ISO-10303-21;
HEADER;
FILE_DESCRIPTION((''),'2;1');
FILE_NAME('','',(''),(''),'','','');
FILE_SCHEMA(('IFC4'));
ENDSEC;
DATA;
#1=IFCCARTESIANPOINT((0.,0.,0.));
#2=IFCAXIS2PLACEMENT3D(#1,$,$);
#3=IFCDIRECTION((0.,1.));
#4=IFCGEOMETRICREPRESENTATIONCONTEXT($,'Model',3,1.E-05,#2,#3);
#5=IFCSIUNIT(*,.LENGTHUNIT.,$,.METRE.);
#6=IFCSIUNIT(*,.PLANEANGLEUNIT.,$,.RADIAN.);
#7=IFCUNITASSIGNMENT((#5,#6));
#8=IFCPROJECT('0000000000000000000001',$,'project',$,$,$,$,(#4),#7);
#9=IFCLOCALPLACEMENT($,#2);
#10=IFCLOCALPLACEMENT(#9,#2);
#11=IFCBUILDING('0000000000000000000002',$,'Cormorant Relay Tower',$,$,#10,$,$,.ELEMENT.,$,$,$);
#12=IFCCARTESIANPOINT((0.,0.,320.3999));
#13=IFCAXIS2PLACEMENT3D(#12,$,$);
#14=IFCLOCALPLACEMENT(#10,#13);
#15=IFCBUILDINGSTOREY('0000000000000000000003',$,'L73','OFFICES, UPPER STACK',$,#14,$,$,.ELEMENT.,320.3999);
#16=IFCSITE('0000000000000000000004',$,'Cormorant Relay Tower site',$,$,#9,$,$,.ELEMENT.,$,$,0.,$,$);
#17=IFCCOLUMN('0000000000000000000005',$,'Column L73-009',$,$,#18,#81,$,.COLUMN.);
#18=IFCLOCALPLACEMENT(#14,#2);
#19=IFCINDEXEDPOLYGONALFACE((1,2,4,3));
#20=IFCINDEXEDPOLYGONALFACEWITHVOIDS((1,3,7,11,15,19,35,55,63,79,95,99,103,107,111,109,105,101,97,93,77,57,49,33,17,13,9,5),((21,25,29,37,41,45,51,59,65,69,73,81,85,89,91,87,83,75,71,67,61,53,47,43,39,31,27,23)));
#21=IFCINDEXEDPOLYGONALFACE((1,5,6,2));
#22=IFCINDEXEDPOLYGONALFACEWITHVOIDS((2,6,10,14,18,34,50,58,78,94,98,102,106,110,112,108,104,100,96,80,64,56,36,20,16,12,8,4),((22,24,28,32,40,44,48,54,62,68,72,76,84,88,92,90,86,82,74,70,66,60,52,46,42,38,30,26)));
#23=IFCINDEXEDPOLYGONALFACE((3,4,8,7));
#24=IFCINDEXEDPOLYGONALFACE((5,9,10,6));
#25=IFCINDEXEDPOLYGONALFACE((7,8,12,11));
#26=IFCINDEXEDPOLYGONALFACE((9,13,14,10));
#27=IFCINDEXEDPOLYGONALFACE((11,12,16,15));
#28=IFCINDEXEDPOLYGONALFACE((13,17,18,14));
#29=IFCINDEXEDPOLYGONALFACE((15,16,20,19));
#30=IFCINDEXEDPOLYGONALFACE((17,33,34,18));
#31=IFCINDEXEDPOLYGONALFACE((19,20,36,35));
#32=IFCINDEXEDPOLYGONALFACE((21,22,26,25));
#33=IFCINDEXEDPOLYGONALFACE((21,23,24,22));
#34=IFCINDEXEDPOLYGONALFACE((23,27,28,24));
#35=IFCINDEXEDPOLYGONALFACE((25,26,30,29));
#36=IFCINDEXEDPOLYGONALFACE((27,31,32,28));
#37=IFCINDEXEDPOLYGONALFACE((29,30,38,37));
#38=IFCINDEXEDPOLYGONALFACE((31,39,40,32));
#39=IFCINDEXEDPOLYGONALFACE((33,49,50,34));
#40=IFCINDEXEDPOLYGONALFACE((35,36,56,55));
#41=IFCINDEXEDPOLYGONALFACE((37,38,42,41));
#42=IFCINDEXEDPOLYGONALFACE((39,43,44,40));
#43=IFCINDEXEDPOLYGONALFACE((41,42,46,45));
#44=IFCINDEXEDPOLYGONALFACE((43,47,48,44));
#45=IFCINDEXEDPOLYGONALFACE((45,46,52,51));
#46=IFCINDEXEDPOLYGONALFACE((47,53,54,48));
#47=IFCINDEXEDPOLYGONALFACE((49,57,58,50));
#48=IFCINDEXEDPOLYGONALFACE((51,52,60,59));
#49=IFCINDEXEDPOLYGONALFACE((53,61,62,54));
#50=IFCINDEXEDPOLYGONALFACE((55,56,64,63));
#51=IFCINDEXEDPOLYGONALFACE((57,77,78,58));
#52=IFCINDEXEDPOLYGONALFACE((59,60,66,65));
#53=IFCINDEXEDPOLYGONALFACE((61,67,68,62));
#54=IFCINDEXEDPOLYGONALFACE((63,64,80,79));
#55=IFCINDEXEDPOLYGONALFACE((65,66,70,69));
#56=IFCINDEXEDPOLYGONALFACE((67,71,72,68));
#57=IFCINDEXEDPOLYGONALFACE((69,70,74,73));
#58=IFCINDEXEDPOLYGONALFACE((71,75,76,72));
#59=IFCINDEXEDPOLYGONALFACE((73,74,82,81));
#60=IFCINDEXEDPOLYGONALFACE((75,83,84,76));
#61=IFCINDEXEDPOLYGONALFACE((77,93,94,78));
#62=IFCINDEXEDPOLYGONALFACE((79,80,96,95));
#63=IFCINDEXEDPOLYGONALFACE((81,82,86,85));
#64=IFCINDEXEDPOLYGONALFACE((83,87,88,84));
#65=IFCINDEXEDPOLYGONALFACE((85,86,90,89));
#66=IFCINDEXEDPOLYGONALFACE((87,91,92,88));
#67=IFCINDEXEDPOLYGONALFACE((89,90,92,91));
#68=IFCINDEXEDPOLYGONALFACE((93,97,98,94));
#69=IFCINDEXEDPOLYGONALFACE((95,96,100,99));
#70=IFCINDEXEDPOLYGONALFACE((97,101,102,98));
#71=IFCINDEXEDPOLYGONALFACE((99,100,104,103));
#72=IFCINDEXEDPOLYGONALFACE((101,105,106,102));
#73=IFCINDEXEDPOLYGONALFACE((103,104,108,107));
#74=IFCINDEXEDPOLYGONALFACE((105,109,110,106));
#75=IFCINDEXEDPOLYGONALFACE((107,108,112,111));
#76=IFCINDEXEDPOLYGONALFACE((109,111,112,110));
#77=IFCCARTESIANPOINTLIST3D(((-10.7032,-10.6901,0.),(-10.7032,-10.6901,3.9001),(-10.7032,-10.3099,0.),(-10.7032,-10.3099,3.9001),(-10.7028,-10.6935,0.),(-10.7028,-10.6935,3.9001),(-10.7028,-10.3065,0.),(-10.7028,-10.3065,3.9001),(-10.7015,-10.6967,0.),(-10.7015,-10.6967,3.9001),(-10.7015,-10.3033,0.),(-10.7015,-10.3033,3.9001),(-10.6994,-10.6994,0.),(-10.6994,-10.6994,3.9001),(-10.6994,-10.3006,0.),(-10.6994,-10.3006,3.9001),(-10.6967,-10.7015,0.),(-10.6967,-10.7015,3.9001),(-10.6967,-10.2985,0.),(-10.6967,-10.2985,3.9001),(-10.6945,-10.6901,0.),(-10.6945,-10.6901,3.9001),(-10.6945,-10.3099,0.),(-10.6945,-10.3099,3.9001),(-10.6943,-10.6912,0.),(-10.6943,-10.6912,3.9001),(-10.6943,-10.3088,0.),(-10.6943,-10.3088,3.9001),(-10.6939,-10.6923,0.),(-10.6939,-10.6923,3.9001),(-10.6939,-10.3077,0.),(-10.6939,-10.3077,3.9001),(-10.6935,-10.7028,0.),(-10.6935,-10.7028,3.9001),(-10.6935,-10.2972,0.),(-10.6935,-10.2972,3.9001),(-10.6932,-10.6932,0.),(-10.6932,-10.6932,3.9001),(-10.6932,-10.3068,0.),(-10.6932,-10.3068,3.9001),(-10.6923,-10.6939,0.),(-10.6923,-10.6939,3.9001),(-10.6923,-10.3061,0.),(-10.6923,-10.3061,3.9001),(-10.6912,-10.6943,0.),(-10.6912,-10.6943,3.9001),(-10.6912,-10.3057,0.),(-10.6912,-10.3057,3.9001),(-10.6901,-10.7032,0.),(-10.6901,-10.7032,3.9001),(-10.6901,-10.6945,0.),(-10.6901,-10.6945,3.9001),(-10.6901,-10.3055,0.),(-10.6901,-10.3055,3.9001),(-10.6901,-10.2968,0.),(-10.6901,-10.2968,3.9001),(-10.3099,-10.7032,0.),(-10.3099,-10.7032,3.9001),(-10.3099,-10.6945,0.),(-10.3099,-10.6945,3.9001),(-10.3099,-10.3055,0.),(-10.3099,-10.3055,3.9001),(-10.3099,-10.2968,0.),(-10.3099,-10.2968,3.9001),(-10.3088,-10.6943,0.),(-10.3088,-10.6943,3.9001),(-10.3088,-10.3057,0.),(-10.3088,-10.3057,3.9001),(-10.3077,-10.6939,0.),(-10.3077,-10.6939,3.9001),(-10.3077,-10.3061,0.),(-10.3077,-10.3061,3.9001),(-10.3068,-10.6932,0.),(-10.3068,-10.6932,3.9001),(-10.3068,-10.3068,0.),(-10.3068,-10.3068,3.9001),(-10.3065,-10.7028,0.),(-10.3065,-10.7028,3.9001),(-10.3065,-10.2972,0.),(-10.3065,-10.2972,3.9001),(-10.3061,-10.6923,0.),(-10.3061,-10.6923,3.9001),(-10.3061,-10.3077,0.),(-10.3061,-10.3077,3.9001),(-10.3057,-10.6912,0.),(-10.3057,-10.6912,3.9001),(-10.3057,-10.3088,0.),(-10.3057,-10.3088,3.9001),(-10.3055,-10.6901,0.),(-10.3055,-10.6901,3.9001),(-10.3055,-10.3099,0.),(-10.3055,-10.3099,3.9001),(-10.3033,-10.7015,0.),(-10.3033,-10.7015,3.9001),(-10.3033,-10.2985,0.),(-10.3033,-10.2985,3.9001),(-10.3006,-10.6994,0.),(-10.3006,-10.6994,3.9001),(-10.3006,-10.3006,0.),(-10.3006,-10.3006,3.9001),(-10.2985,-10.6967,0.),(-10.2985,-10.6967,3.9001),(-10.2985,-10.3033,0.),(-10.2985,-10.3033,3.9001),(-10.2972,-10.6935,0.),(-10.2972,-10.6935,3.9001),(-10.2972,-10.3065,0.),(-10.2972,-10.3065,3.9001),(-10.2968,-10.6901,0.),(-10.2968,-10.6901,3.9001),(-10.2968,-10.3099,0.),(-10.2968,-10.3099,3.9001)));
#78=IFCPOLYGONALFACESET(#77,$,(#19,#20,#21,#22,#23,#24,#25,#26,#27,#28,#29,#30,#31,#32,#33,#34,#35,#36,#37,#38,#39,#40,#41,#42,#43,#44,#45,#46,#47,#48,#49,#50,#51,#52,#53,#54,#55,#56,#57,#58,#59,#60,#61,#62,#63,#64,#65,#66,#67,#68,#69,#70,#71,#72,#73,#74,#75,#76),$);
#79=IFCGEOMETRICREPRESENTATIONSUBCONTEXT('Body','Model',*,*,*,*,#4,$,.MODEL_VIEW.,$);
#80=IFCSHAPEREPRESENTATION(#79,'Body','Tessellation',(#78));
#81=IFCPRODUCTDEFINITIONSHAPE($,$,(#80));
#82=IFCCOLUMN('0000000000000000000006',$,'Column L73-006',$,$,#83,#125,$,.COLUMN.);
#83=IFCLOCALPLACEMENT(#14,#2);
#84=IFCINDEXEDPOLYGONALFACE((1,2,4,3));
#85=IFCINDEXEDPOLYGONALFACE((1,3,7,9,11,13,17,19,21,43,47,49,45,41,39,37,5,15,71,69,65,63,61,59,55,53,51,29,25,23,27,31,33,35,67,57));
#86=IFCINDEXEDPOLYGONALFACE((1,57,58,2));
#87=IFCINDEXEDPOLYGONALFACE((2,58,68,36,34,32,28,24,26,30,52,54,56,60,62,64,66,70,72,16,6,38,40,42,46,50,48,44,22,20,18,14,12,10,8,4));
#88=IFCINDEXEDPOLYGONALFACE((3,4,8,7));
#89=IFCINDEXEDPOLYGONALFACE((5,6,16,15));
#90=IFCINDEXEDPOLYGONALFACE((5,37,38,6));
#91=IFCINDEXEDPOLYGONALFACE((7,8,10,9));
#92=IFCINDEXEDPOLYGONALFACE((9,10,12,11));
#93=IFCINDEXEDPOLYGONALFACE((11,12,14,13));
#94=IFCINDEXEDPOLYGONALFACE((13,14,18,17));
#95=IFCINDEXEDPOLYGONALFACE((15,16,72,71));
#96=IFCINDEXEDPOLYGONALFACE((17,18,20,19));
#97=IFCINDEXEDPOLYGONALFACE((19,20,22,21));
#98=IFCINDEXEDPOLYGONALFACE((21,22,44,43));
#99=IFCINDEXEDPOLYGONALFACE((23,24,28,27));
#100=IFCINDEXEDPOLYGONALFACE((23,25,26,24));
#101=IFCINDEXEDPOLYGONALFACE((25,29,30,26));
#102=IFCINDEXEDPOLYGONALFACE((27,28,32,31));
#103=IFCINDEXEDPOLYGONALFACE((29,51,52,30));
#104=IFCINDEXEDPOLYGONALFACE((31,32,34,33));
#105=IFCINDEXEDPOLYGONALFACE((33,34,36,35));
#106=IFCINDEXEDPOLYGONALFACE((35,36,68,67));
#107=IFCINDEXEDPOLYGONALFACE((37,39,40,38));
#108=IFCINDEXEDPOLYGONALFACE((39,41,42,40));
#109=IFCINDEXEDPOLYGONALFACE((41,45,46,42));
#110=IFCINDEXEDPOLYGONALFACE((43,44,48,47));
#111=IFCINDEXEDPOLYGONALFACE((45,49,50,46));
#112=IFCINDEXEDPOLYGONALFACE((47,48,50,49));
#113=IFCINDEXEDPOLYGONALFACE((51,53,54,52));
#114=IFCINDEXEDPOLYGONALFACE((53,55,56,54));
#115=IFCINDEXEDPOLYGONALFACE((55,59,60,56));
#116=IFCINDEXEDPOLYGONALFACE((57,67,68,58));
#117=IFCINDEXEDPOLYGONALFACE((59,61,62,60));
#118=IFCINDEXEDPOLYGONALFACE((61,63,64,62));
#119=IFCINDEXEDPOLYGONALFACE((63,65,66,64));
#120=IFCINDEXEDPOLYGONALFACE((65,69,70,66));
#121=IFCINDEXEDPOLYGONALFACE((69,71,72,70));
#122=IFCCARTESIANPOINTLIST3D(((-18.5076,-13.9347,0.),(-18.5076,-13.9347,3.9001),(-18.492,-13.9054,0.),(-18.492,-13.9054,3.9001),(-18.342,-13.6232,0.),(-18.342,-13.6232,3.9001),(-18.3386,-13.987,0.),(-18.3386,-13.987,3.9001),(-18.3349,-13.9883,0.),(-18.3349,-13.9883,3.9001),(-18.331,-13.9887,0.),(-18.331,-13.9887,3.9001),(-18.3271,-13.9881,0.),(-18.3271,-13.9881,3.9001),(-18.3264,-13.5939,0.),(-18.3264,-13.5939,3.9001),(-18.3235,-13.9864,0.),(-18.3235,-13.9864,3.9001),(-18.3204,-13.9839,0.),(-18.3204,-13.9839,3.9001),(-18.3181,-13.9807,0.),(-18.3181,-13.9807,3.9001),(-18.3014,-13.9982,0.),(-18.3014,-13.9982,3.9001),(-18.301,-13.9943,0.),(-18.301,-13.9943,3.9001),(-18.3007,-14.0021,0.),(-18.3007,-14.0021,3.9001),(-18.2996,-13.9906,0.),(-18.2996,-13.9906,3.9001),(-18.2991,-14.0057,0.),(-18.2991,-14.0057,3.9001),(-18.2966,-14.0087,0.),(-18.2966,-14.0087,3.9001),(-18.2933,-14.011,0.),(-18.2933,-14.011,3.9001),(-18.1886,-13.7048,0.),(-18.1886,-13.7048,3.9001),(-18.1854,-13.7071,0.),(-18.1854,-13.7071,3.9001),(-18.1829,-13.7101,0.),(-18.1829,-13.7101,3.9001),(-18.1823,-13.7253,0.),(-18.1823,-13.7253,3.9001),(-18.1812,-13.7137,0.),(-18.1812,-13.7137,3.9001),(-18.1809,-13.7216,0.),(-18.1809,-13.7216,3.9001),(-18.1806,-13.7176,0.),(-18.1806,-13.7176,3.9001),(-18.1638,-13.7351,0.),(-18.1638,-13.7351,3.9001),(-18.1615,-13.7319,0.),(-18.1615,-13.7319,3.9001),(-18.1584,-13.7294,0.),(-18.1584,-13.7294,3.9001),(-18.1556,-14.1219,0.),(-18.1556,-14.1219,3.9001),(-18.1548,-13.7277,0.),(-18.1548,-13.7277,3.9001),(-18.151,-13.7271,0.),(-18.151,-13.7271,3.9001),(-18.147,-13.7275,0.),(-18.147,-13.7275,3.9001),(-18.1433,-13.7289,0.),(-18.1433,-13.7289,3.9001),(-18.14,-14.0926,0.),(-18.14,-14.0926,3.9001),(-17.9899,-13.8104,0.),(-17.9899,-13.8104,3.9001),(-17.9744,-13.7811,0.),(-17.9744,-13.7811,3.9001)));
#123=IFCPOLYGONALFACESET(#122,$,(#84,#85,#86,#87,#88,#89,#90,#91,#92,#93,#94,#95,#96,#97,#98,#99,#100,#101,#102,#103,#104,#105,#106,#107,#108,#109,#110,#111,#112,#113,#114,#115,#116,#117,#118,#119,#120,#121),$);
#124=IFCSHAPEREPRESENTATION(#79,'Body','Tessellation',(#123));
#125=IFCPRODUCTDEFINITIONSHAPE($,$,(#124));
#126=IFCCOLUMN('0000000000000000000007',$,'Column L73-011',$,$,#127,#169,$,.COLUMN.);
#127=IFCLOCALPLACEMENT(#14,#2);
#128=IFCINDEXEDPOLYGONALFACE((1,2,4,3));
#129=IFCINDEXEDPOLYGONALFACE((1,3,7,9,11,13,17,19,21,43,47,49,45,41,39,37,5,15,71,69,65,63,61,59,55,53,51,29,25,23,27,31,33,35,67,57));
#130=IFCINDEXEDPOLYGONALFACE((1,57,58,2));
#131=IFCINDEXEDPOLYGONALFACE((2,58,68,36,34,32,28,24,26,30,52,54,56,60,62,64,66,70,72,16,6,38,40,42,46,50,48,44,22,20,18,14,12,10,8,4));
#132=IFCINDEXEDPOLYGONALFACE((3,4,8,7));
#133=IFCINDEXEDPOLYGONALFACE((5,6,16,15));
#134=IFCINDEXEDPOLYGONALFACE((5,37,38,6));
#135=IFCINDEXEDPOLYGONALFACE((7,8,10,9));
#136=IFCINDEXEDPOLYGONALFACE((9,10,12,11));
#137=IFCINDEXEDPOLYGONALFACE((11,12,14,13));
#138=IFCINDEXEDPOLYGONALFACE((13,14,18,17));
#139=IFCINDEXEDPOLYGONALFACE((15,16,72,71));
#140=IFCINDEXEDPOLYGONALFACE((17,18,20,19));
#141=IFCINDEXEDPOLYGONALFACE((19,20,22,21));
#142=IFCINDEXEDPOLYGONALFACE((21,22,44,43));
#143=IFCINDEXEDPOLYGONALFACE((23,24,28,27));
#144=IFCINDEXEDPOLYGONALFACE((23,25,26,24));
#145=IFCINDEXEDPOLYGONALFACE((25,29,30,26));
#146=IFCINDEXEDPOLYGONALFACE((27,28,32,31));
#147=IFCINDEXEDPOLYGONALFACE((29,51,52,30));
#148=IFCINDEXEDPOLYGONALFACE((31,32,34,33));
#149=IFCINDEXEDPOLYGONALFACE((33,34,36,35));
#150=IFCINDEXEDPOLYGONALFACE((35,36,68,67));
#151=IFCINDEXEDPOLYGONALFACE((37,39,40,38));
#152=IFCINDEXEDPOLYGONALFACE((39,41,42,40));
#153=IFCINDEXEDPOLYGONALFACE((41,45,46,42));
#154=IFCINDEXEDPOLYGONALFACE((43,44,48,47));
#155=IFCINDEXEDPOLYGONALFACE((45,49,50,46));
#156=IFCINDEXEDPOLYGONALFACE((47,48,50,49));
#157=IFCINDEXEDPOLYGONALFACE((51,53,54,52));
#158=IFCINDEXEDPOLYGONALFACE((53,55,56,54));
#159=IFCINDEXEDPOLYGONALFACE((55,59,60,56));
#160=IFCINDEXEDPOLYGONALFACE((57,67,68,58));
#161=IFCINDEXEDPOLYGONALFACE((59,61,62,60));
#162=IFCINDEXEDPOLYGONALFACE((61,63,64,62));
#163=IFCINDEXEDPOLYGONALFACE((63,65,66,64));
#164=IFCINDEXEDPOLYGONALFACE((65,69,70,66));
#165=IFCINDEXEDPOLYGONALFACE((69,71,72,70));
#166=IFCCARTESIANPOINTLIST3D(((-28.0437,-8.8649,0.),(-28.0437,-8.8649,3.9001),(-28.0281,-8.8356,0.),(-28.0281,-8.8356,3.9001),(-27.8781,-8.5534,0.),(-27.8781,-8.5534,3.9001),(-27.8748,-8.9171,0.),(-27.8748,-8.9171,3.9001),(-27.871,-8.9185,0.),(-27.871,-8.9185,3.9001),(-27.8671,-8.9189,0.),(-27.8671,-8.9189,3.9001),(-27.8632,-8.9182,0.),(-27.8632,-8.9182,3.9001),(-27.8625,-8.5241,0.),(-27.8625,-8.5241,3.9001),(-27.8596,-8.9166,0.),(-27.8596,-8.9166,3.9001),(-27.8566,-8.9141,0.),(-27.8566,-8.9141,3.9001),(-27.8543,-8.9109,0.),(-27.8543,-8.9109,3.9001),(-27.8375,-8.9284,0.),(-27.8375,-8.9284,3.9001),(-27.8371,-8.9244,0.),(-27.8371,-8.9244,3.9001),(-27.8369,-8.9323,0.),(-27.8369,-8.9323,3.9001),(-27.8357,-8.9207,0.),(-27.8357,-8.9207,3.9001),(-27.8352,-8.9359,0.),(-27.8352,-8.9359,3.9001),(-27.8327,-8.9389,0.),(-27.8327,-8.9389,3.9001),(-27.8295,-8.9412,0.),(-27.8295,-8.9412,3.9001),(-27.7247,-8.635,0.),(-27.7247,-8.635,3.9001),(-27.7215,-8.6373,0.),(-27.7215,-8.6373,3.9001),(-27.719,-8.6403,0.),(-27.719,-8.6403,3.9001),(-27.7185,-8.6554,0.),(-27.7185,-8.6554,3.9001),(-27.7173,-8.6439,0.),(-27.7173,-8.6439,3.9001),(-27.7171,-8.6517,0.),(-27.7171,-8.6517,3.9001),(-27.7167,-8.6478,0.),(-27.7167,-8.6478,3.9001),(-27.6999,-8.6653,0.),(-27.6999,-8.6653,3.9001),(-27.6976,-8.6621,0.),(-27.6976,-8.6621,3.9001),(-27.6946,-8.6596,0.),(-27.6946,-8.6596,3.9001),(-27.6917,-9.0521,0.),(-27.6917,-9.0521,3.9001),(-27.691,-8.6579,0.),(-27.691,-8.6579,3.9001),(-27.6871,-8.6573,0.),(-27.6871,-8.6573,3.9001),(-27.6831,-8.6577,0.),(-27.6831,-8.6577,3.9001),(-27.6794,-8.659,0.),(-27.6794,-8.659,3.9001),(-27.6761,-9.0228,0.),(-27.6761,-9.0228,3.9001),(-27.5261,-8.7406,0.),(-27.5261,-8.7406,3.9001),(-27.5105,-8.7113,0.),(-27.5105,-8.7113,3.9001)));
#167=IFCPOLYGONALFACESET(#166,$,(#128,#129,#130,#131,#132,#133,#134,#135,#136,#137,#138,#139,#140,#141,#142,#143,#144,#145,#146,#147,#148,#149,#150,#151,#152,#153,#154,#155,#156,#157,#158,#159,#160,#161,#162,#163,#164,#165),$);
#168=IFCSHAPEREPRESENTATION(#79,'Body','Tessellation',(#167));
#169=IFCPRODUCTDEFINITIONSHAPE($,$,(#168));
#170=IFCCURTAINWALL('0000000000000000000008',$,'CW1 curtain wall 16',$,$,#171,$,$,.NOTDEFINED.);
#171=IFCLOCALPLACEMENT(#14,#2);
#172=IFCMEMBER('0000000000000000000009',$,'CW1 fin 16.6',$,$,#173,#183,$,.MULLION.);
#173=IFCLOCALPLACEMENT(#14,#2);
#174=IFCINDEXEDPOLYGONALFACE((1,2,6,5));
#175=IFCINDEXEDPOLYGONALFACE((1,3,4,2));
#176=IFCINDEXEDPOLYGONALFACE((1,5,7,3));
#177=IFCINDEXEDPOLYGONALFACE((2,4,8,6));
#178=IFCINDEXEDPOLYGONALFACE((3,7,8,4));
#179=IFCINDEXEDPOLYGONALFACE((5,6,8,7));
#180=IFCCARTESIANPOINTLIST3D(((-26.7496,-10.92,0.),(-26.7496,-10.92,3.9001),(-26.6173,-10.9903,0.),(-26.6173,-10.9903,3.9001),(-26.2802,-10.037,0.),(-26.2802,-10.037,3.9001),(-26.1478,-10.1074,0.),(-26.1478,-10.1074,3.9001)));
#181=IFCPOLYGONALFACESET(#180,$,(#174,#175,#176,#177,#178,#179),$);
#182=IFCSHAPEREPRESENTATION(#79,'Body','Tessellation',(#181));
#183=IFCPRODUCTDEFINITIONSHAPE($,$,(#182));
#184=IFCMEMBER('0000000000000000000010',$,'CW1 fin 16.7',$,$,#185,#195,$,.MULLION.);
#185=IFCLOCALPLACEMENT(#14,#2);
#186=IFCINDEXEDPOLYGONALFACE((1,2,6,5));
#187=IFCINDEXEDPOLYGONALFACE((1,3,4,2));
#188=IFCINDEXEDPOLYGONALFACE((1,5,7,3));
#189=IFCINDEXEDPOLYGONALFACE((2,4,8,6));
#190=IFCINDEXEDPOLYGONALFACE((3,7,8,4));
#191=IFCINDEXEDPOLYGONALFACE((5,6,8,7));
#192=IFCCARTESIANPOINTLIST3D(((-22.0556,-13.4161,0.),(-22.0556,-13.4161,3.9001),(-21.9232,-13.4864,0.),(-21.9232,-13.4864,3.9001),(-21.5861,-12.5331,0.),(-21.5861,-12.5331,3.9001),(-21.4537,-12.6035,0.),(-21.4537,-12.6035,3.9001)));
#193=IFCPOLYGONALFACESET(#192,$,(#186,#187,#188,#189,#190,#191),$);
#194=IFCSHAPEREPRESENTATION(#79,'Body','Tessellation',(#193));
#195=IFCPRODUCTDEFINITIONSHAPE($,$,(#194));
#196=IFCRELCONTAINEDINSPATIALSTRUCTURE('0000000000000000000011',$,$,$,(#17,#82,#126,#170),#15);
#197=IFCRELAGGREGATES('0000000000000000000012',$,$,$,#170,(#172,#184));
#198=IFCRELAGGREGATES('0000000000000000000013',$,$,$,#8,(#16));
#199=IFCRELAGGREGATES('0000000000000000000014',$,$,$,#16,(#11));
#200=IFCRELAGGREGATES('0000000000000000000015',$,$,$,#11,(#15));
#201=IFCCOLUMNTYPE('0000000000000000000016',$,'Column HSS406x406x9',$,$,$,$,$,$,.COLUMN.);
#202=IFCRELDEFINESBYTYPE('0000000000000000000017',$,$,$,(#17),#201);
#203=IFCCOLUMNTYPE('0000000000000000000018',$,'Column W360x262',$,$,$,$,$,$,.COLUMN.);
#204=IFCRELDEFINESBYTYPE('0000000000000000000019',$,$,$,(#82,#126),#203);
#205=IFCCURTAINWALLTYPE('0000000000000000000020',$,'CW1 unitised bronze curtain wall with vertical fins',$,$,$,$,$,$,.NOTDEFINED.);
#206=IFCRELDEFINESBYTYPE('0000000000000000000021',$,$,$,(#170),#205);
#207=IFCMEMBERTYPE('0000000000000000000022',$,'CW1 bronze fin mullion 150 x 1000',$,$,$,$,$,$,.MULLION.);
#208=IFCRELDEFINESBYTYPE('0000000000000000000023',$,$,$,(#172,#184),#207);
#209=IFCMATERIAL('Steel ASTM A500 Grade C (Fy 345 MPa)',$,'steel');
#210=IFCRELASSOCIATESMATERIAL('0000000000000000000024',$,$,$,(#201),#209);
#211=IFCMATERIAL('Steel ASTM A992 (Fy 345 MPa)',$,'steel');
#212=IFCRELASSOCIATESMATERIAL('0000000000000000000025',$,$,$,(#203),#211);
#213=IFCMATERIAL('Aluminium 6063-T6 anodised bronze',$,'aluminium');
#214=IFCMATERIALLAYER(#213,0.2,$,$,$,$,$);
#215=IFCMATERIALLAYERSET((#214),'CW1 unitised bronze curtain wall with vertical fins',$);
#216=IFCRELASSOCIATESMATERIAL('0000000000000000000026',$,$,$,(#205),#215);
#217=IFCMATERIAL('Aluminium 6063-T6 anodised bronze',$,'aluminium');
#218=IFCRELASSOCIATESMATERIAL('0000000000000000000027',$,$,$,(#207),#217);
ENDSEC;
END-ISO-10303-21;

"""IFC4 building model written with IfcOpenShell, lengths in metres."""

from ifc_helpers import new_model, si_unit, direction, frame, origin, origin_2d, place, context, subcontext, project, spatial, rectangle, hollow_rectangle, i_section, extrude, material, layer, layer_set, material_profile, profile_set, type_object, element, aggregate, save


model = new_model("IFC4")

# Units and contexts
model_context = context("Model", 3, precision=1e-05, world=origin(), true_north=direction((0.0, 1.0)))
body_context = subcontext(model_context, "Body", "Model", "MODEL_VIEW")
ifc_project = project(units=[si_unit("LENGTHUNIT", "METRE"), si_unit("PLANEANGLEUNIT", "RADIAN")], contexts=[model_context])

# Site, building, storey
site_placement = place(None, origin())
site = spatial("IfcSite", under=ifc_project, at=site_placement, Name="Cormorant Relay Tower site", CompositionType="ELEMENT", RefElevation=0.0)
building_placement = place(site_placement, origin())
building = spatial("IfcBuilding", under=site, at=building_placement, Name="Cormorant Relay Tower", CompositionType="ELEMENT")
storey_placement = place(building_placement, frame((0.0, 0.0, 320.3999)))
storey = spatial("IfcBuildingStorey", under=building, at=storey_placement, Name="L73", Description="OFFICES, UPPER STACK", CompositionType="ELEMENT", Elevation=320.3999)

# Columns
ifc_material_1 = material(Name="Steel ASTM A500 Grade C (Fy 345 MPa)", Category="steel")
ifc_material_profile_1 = material_profile(ifc_material_1, hollow_rectangle(XDim=0.4065, YDim=0.4065, WallThickness=0.0088, InnerFilletRadius=0.0044, OuterFilletRadius=0.0132, at=origin_2d()), Name="HSS406x406x9")
ifc_profile_set_1 = profile_set([ifc_material_profile_1], Name="Steel ASTM A500 Grade C (Fy 345 MPa)")
column_type_1 = type_object("IfcColumnType", Name="Column HSS406x406x9", PredefinedType="COLUMN", material=ifc_profile_set_1)
column_placement = place(storey_placement, frame((-10.5, -10.5, 0.0), z_axis=(0.0, 0.0, 1.0), x_axis=(1.0, 0.0, 0.0)))
element("IfcColumn", 1, at=column_placement, inside=storey, type_object=column_type_1, Name="Column L73-009", PredefinedType="COLUMN", context=body_context, shape_type="SweptSolid", body=[
    extrude(hollow_rectangle(XDim=0.4065, YDim=0.4065, WallThickness=0.0088, InnerFilletRadius=0.0044, OuterFilletRadius=0.0132, at=origin_2d()), origin(), (0.0, 0.0, 1.0), 3.9001),
])
ifc_material_2 = material(Name="Steel ASTM A992 (Fy 345 MPa)", Category="steel")
ifc_material_profile_2 = material_profile(ifc_material_2, i_section(OverallWidth=0.3987, OverallDepth=0.386, WebThickness=0.021, FlangeThickness=0.0332, FilletRadius=0.0151, at=origin_2d()), Name="W360x262")
ifc_profile_set_2 = profile_set([ifc_material_profile_2], Name="Steel ASTM A992 (Fy 345 MPa)")
column_type_2 = type_object("IfcColumnType", Name="Column W360x262", PredefinedType="COLUMN", material=ifc_profile_set_2)
for number, where, z_axis, x_axis, name in (
    (2, (-18.241, -13.8579, 0.0), (0.0, 0.0, 1.0), (0.882948, -0.469472, 0.0), "Column L73-006"),
    (3, (-27.7771, -8.7881, 0.0), (0.0, 0.0, 1.0), (0.882948, -0.469472, 0.0), "Column L73-011"),
):
    element("IfcColumn", number, at=place(storey_placement, frame(where, z_axis=z_axis, x_axis=x_axis)), inside=storey, type_object=column_type_2, Name=name, PredefinedType="COLUMN", context=body_context, shape_type="SweptSolid", body=[
        extrude(i_section(OverallWidth=0.3987, OverallDepth=0.386, WebThickness=0.021, FlangeThickness=0.0332, FilletRadius=0.0151, at=origin_2d()), origin(), (0.0, 0.0, 1.0), 3.9001),
    ])

# Curtain wall, members
ifc_material_3 = material(Name="Aluminium 6063-T6 anodised bronze", Category="aluminium")
ifc_layer_1 = layer(ifc_material_3, 0.2)
ifc_layer_set_1 = layer_set([ifc_layer_1], Name="CW1 unitised bronze curtain wall with vertical fins")
curtain_wall_type = type_object("IfcCurtainWallType", Name="CW1 unitised bronze curtain wall with vertical fins", PredefinedType="NOTDEFINED", material=ifc_layer_set_1)
curtain_wall_placement = place(storey_placement, origin())
curtain_wall = element("IfcCurtainWall", 4, at=curtain_wall_placement, inside=storey, type_object=curtain_wall_type, Name="CW1 curtain wall 16", PredefinedType="NOTDEFINED")
ifc_material_4 = material(Name="Aluminium 6063-T6 anodised bronze", Category="aluminium")
ifc_material_profile_3 = material_profile(ifc_material_4, rectangle(XDim=0.1499, YDim=1.0, at=origin_2d()), Name="AL 150x1000")
ifc_profile_set_3 = profile_set([ifc_material_profile_3], Name="Aluminium 6063-T6 anodised bronze")
member_type = type_object("IfcMemberType", Name="CW1 bronze fin mullion 150 x 1000", PredefinedType="MULLION", material=ifc_profile_set_3)
member_1_placement = place(storey_placement, frame((-26.4487, -10.5137, 0.0), z_axis=(0.0, 0.0, 1.0), x_axis=(0.882948, -0.469472, 0.0)))
member_1 = element("IfcMember", 5, at=member_1_placement, type_object=member_type, Name="CW1 fin 16.6", PredefinedType="MULLION", context=body_context, shape_type="SweptSolid", body=[
    extrude(rectangle(XDim=0.1499, YDim=1.0, at=origin_2d()), origin(), (0.0, 0.0, 1.0), 3.9001),
])
member_2_placement = place(storey_placement, frame((-21.7546, -13.0098, 0.0), z_axis=(0.0, 0.0, 1.0), x_axis=(0.882948, -0.469472, 0.0)))
member_2 = element("IfcMember", 6, at=member_2_placement, type_object=member_type, Name="CW1 fin 16.7", PredefinedType="MULLION", context=body_context, shape_type="SweptSolid", body=[
    extrude(rectangle(XDim=0.1499, YDim=1.0, at=origin_2d()), origin(), (0.0, 0.0, 1.0), 3.9001),
])

aggregate(curtain_wall, [member_1, member_2])

save(model, "model.ifc")
